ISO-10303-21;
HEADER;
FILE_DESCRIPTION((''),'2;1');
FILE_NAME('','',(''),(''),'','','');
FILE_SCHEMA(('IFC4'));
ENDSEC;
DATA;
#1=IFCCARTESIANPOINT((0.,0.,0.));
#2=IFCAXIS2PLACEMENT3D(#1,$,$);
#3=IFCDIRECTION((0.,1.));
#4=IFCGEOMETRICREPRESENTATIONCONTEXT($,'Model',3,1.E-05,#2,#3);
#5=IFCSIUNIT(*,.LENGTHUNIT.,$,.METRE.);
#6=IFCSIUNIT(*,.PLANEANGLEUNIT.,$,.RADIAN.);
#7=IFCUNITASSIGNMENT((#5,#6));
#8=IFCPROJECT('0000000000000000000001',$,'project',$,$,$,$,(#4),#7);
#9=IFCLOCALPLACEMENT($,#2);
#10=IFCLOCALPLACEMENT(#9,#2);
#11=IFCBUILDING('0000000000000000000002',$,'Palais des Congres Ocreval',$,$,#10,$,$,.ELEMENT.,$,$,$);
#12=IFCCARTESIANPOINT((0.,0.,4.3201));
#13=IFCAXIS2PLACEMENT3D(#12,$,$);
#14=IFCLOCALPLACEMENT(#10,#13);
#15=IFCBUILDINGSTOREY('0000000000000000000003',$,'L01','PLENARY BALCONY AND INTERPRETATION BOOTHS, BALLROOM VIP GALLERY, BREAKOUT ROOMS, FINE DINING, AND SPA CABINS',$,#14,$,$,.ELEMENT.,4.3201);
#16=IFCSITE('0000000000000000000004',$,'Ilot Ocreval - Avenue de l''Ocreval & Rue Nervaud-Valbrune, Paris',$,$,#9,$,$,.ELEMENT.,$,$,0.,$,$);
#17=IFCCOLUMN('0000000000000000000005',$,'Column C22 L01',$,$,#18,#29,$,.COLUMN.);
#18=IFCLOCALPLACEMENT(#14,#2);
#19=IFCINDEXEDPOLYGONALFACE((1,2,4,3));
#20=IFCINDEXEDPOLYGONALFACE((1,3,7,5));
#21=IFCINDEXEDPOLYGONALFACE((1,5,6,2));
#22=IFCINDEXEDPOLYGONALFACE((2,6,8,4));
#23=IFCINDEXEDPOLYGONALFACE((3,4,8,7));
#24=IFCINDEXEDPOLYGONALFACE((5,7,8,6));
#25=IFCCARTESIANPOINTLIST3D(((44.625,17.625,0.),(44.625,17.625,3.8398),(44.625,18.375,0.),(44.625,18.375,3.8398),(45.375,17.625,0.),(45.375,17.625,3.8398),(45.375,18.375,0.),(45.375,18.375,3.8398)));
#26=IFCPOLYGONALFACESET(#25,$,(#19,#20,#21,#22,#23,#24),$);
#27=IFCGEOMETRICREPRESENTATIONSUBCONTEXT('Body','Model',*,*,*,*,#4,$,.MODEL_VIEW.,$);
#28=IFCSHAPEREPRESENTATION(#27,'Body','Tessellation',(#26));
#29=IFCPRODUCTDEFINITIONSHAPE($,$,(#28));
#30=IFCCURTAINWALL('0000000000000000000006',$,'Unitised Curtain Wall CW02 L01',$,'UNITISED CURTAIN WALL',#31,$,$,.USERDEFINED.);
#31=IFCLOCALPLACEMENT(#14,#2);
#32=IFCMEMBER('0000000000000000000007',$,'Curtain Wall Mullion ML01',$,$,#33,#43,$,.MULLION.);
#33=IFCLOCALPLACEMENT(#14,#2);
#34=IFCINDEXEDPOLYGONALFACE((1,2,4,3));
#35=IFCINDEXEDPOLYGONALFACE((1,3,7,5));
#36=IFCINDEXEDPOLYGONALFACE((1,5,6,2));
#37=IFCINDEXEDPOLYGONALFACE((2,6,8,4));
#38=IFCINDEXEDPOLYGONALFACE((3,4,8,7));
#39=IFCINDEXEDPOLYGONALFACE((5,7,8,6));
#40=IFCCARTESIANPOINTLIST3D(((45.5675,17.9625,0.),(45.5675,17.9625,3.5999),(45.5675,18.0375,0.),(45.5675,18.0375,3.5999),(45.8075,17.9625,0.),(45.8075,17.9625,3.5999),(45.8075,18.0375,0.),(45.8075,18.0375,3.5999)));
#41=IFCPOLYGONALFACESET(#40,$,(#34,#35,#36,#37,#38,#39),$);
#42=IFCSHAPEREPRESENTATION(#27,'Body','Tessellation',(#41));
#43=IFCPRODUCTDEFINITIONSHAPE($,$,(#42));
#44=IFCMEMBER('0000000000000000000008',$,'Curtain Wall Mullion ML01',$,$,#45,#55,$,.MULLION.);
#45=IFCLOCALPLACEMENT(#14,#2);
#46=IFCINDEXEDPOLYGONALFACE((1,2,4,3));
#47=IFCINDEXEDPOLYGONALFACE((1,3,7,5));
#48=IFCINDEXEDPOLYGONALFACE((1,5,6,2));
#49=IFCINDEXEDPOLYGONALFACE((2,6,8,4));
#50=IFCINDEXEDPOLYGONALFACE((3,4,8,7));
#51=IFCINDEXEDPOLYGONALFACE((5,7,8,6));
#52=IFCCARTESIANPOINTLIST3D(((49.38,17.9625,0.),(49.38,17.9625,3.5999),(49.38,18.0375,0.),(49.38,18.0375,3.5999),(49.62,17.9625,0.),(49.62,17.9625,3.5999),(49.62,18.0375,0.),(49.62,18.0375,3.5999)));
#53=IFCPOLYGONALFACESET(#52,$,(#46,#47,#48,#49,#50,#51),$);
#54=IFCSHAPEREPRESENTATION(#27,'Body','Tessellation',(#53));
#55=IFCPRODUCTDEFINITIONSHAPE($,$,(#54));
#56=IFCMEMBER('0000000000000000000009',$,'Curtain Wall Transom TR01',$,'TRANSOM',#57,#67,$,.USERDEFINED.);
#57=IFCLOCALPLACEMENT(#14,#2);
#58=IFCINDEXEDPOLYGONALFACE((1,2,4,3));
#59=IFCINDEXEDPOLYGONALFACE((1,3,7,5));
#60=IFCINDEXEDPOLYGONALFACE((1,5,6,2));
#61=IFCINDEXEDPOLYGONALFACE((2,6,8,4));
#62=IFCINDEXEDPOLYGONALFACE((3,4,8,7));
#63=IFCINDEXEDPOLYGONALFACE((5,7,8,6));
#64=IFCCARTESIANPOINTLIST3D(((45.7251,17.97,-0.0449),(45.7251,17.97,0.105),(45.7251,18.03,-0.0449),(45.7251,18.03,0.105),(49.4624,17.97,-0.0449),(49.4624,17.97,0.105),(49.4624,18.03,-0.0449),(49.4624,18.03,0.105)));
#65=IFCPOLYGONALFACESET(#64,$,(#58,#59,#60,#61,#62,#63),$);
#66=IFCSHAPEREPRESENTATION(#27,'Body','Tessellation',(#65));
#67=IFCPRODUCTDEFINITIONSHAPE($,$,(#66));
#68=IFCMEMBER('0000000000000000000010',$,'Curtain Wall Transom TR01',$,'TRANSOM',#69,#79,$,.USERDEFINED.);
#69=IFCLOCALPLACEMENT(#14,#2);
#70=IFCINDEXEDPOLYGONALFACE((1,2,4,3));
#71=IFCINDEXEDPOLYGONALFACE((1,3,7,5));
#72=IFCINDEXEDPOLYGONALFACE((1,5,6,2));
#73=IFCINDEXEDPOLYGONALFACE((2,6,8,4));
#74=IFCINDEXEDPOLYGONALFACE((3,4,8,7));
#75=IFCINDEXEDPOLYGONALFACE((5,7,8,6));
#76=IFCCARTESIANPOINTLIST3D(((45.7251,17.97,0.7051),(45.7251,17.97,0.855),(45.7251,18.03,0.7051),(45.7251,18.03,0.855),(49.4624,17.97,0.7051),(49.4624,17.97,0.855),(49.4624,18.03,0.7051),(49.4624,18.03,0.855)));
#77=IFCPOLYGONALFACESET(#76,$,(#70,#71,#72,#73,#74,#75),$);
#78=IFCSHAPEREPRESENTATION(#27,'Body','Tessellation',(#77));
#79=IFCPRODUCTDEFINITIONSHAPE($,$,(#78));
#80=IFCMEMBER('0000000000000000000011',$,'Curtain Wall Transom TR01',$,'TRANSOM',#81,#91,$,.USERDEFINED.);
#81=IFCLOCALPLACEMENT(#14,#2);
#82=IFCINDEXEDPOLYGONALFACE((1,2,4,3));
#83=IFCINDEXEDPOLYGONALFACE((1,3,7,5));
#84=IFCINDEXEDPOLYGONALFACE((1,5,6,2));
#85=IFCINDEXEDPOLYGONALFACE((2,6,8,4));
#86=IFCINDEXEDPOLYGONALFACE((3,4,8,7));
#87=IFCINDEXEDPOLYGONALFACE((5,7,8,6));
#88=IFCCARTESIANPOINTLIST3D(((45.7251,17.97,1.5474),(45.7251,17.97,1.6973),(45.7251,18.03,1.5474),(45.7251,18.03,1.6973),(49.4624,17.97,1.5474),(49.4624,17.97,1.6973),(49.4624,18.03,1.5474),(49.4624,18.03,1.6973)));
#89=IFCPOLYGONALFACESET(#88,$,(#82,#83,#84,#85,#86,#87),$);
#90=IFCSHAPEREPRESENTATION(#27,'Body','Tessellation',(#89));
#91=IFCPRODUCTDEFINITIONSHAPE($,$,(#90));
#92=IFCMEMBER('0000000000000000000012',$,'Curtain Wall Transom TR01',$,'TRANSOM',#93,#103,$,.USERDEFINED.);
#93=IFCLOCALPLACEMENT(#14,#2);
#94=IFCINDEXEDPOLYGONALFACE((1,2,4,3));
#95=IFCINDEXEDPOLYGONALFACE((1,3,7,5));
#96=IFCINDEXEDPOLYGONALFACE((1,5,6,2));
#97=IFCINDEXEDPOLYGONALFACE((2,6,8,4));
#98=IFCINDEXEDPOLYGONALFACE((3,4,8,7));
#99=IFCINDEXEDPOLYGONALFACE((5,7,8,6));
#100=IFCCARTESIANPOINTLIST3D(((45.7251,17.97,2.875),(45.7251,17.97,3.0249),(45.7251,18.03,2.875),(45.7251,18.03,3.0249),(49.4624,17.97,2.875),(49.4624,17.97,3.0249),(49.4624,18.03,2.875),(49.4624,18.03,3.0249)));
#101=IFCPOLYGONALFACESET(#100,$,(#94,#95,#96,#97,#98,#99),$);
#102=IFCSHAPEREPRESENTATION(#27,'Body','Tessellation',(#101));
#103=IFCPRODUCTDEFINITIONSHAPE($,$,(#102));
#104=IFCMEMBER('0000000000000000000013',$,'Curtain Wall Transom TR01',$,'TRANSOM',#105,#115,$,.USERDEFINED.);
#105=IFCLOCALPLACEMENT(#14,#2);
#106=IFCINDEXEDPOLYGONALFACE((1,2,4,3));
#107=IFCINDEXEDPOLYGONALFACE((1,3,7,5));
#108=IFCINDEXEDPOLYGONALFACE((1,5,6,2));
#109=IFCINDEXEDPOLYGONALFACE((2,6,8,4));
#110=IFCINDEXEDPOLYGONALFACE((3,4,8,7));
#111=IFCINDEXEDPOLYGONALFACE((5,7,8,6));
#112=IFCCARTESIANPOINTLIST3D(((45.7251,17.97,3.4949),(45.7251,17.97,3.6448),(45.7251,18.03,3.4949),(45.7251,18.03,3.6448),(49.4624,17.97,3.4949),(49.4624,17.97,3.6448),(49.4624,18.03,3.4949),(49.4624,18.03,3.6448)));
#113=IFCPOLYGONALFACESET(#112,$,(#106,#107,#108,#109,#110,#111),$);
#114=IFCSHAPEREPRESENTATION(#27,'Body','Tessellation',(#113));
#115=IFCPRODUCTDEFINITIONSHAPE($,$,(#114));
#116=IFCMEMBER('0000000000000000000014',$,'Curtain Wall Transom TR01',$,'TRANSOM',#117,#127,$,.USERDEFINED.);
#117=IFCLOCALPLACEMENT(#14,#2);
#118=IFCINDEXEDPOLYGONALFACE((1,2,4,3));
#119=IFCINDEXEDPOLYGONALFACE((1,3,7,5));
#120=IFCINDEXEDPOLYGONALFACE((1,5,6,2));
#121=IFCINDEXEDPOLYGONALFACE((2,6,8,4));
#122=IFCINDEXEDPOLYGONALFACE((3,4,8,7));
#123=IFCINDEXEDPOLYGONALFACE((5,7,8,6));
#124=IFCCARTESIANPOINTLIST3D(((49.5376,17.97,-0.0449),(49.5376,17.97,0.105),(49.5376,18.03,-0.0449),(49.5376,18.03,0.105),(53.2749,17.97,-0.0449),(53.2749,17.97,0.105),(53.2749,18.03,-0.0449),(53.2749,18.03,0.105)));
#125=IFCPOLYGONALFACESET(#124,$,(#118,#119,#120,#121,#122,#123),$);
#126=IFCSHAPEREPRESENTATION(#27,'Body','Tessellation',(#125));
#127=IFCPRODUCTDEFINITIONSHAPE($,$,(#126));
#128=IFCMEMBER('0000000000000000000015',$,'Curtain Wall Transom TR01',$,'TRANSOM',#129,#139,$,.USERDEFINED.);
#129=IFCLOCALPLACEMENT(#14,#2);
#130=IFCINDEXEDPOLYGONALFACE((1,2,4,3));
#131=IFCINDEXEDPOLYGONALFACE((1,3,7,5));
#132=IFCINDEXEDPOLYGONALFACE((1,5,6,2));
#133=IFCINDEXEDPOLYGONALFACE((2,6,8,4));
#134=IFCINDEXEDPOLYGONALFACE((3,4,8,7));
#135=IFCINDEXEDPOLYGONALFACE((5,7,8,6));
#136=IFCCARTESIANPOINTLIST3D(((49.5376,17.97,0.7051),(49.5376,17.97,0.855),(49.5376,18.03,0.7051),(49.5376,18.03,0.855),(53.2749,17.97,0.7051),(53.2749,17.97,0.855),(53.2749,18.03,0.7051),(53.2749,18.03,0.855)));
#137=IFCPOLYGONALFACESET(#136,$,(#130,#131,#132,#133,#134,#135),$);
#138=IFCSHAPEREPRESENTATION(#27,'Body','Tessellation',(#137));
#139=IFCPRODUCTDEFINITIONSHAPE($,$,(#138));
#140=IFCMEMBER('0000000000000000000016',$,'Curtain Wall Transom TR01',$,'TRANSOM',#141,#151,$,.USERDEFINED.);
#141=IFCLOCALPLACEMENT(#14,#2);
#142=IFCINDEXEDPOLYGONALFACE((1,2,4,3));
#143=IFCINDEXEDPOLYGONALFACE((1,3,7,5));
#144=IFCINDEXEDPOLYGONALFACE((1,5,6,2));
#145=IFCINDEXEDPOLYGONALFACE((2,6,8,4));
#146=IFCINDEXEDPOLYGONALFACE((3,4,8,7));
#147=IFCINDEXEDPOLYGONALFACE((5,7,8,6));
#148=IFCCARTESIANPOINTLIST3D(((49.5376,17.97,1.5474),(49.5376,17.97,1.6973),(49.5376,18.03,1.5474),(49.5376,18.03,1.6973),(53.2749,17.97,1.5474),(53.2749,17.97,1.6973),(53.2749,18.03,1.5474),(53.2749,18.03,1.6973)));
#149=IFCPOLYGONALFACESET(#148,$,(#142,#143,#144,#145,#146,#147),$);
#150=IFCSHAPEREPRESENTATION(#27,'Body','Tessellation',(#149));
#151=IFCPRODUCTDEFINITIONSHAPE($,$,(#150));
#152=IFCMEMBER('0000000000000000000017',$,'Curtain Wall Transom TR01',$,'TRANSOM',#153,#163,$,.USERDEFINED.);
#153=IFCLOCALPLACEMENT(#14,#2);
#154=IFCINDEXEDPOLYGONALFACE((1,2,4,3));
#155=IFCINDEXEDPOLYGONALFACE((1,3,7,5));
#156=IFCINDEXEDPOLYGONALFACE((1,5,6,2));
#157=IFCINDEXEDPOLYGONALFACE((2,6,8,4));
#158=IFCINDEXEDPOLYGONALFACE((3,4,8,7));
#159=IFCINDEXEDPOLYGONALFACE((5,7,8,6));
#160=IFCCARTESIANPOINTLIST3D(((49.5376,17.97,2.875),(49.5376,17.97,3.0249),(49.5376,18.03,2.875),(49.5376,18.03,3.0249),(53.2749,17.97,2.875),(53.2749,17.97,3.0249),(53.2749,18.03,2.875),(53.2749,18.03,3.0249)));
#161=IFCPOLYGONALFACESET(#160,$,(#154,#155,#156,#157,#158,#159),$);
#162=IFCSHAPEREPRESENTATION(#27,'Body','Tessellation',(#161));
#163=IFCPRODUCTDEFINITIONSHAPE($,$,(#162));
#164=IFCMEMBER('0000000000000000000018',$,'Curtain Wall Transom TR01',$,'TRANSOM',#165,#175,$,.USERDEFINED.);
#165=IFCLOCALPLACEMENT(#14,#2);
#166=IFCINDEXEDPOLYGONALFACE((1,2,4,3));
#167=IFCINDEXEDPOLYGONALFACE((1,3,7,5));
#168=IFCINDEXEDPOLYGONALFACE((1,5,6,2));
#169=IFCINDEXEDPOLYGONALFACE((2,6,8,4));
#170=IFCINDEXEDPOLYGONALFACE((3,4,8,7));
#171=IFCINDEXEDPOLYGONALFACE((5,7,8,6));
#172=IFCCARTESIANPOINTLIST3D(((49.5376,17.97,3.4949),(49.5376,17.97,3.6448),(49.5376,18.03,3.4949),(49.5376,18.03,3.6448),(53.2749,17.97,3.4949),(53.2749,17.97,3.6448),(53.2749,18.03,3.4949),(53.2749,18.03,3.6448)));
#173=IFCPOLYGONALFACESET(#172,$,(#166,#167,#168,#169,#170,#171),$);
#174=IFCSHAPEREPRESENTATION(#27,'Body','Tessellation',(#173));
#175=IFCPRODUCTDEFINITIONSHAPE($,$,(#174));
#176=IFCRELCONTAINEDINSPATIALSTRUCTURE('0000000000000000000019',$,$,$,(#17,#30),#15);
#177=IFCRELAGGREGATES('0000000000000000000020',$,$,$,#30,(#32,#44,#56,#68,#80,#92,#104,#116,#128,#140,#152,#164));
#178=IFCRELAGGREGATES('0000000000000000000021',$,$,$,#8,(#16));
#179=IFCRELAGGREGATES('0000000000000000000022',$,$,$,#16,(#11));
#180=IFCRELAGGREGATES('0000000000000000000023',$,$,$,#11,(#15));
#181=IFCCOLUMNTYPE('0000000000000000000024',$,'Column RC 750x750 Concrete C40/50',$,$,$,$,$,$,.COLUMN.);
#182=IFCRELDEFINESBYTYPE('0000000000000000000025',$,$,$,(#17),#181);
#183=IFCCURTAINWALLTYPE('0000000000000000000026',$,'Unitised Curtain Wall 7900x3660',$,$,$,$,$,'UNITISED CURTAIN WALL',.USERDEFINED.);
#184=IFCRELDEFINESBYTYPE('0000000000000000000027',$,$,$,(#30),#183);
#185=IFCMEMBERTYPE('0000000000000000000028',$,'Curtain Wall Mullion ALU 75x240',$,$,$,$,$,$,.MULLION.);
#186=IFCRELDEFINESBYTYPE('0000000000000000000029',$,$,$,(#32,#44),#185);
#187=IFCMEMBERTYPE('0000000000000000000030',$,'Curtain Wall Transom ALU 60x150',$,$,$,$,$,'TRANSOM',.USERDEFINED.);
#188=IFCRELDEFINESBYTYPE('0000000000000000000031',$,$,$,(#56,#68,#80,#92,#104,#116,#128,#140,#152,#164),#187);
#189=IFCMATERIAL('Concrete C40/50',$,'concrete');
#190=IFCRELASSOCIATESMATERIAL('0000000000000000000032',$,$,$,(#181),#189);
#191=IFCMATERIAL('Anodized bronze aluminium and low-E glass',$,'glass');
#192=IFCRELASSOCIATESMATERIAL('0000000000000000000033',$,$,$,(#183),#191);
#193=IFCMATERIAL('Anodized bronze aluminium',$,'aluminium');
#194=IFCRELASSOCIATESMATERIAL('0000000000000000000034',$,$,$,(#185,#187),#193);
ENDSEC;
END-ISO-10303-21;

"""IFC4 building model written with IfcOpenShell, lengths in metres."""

from ifc_helpers import new_model, si_unit, direction, frame, origin, origin_2d, place, context, subcontext, project, spatial, rectangle, extrude, material, material_profile, profile_set, type_object, element, aggregate, save


model = new_model("IFC4")

# Units and contexts
model_context = context("Model", 3, precision=1e-05, world=origin(), true_north=direction((0.0, 1.0)))
body_context = subcontext(model_context, "Body", "Model", "MODEL_VIEW")
ifc_project = project(units=[si_unit("LENGTHUNIT", "METRE"), si_unit("PLANEANGLEUNIT", "RADIAN")], contexts=[model_context])

# Site, building, storey
site_placement = place(None, origin())
site = spatial("IfcSite", under=ifc_project, at=site_placement, Name="Ilot Ocreval - Avenue de l'Ocreval & Rue Nervaud-Valbrune, Paris", CompositionType="ELEMENT", RefElevation=0.0)
building_placement = place(site_placement, origin())
building = spatial("IfcBuilding", under=site, at=building_placement, Name="Palais des Congres Ocreval", CompositionType="ELEMENT")
storey_placement = place(building_placement, frame((0.0, 0.0, 4.3201)))
storey = spatial("IfcBuildingStorey", under=building, at=storey_placement, Name="L01", Description="PLENARY BALCONY AND INTERPRETATION BOOTHS, BALLROOM VIP GALLERY, BREAKOUT ROOMS, FINE DINING, AND SPA CABINS", CompositionType="ELEMENT", Elevation=4.3201)

# Column
ifc_material_1 = material(Name="Concrete C40/50", Category="concrete")
ifc_material_profile_1 = material_profile(ifc_material_1, rectangle(XDim=0.75, YDim=0.75, at=origin_2d()), Name="RC 750x750")
ifc_profile_set_1 = profile_set([ifc_material_profile_1], Name="Concrete C40/50")
column_type = type_object("IfcColumnType", Name="Column RC 750x750 Concrete C40/50", PredefinedType="COLUMN", material=ifc_profile_set_1)
column_placement = place(storey_placement, frame((45.0, 18.0, 0.0), z_axis=(0.0, 0.0, 1.0), x_axis=(1.0, 0.0, 0.0)))
element("IfcColumn", 1, at=column_placement, inside=storey, type_object=column_type, Name="Column C22 L01", PredefinedType="COLUMN", context=body_context, shape_type="SweptSolid", body=[
    extrude(rectangle(XDim=0.75, YDim=0.75, at=origin_2d()), origin(), (0.0, 0.0, 1.0), 3.8398),
])

# Curtain wall, members
ifc_material_2 = material(Name="Anodized bronze aluminium and low-E glass", Category="glass")
curtain_wall_type = type_object("IfcCurtainWallType", Name="Unitised Curtain Wall 7900x3660", ElementType="UNITISED CURTAIN WALL", PredefinedType="USERDEFINED", material=ifc_material_2)
curtain_wall_placement = place(storey_placement, origin())
curtain_wall = element("IfcCurtainWall", 2, at=curtain_wall_placement, inside=storey, type_object=curtain_wall_type, Name="Unitised Curtain Wall CW02 L01", ObjectType="UNITISED CURTAIN WALL", PredefinedType="USERDEFINED")
ifc_material_3 = material(Name="Anodized bronze aluminium", Category="aluminium")
ifc_material_profile_2 = material_profile(ifc_material_3, rectangle(XDim=0.075, YDim=0.24, at=origin_2d()), Name="ALU 75x240")
ifc_profile_set_2 = profile_set([ifc_material_profile_2], Name="Anodized bronze aluminium")
member_type_1 = type_object("IfcMemberType", Name="Curtain Wall Mullion ALU 75x240", PredefinedType="MULLION", material=ifc_profile_set_2)
member_1_placement = place(storey_placement, frame((45.6875, 18.0, 0.0), z_axis=(0.0, 0.0, 1.0), x_axis=(0.0, 1.0, 0.0)))
member_1 = element("IfcMember", 3, at=member_1_placement, type_object=member_type_1, Name="Curtain Wall Mullion ML01", PredefinedType="MULLION", context=body_context, shape_type="SweptSolid", body=[
    extrude(rectangle(XDim=0.075, YDim=0.24, at=origin_2d()), origin(), (0.0, 0.0, 1.0), 3.5999),
])
member_2_placement = place(storey_placement, frame((49.5, 18.0, 0.0), z_axis=(0.0, 0.0, 1.0), x_axis=(0.0, 1.0, 0.0)))
member_2 = element("IfcMember", 4, at=member_2_placement, type_object=member_type_1, Name="Curtain Wall Mullion ML01", PredefinedType="MULLION", context=body_context, shape_type="SweptSolid", body=[
    extrude(rectangle(XDim=0.075, YDim=0.24, at=origin_2d()), origin(), (0.0, 0.0, 1.0), 3.5999),
])
ifc_material_profile_3 = material_profile(ifc_material_3, rectangle(XDim=0.0601, YDim=0.1499, at=origin_2d()), Name="ALU 60x150")
ifc_profile_set_3 = profile_set([ifc_material_profile_3], Name="Anodized bronze aluminium")
member_type_2 = type_object("IfcMemberType", Name="Curtain Wall Transom ALU 60x150", ElementType="TRANSOM", PredefinedType="USERDEFINED", material=ifc_profile_set_3)
member_3_placement = place(storey_placement, frame((45.7251, 18.0, 0.03), z_axis=(1.0, 0.0, 0.0), x_axis=(0.0, 1.0, 0.0)))
member_3 = element("IfcMember", 5, at=member_3_placement, type_object=member_type_2, Name="Curtain Wall Transom TR01", ObjectType="TRANSOM", PredefinedType="USERDEFINED", context=body_context, shape_type="SweptSolid", body=[
    extrude(rectangle(XDim=0.0601, YDim=0.1499, at=origin_2d()), origin(), (0.0, 0.0, 1.0), 3.7373),
])
member_4_placement = place(storey_placement, frame((45.7251, 18.0, 0.78), z_axis=(1.0, 0.0, 0.0), x_axis=(0.0, 1.0, 0.0)))
member_4 = element("IfcMember", 6, at=member_4_placement, type_object=member_type_2, Name="Curtain Wall Transom TR01", ObjectType="TRANSOM", PredefinedType="USERDEFINED", context=body_context, shape_type="SweptSolid", body=[
    extrude(rectangle(XDim=0.0601, YDim=0.1499, at=origin_2d()), origin(), (0.0, 0.0, 1.0), 3.7373),
])
member_5_placement = place(storey_placement, frame((45.7251, 18.0, 1.6223), z_axis=(1.0, 0.0, 0.0), x_axis=(0.0, 1.0, 0.0)))
member_5 = element("IfcMember", 7, at=member_5_placement, type_object=member_type_2, Name="Curtain Wall Transom TR01", ObjectType="TRANSOM", PredefinedType="USERDEFINED", context=body_context, shape_type="SweptSolid", body=[
    extrude(rectangle(XDim=0.0601, YDim=0.1499, at=origin_2d()), origin(), (0.0, 0.0, 1.0), 3.7373),
])
member_6_placement = place(storey_placement, frame((45.7251, 18.0, 2.95), z_axis=(1.0, 0.0, 0.0), x_axis=(0.0, 1.0, 0.0)))
member_6 = element("IfcMember", 8, at=member_6_placement, type_object=member_type_2, Name="Curtain Wall Transom TR01", ObjectType="TRANSOM", PredefinedType="USERDEFINED", context=body_context, shape_type="SweptSolid", body=[
    extrude(rectangle(XDim=0.0601, YDim=0.1499, at=origin_2d()), origin(), (0.0, 0.0, 1.0), 3.7373),
])
member_7_placement = place(storey_placement, frame((45.7251, 18.0, 3.5698), z_axis=(1.0, 0.0, 0.0), x_axis=(0.0, 1.0, 0.0)))
member_7 = element("IfcMember", 9, at=member_7_placement, type_object=member_type_2, Name="Curtain Wall Transom TR01", ObjectType="TRANSOM", PredefinedType="USERDEFINED", context=body_context, shape_type="SweptSolid", body=[
    extrude(rectangle(XDim=0.0601, YDim=0.1499, at=origin_2d()), origin(), (0.0, 0.0, 1.0), 3.7373),
])
member_8_placement = place(storey_placement, frame((49.5376, 18.0, 0.03), z_axis=(1.0, 0.0, 0.0), x_axis=(0.0, 1.0, 0.0)))
member_8 = element("IfcMember", 10, at=member_8_placement, type_object=member_type_2, Name="Curtain Wall Transom TR01", ObjectType="TRANSOM", PredefinedType="USERDEFINED", context=body_context, shape_type="SweptSolid", body=[
    extrude(rectangle(XDim=0.0601, YDim=0.1499, at=origin_2d()), origin(), (0.0, 0.0, 1.0), 3.7373),
])
member_9_placement = place(storey_placement, frame((49.5376, 18.0, 0.78), z_axis=(1.0, 0.0, 0.0), x_axis=(0.0, 1.0, 0.0)))
member_9 = element("IfcMember", 11, at=member_9_placement, type_object=member_type_2, Name="Curtain Wall Transom TR01", ObjectType="TRANSOM", PredefinedType="USERDEFINED", context=body_context, shape_type="SweptSolid", body=[
    extrude(rectangle(XDim=0.0601, YDim=0.1499, at=origin_2d()), origin(), (0.0, 0.0, 1.0), 3.7373),
])
member_10_placement = place(storey_placement, frame((49.5376, 18.0, 1.6223), z_axis=(1.0, 0.0, 0.0), x_axis=(0.0, 1.0, 0.0)))
member_10 = element("IfcMember", 12, at=member_10_placement, type_object=member_type_2, Name="Curtain Wall Transom TR01", ObjectType="TRANSOM", PredefinedType="USERDEFINED", context=body_context, shape_type="SweptSolid", body=[
    extrude(rectangle(XDim=0.0601, YDim=0.1499, at=origin_2d()), origin(), (0.0, 0.0, 1.0), 3.7373),
])
member_11_placement = place(storey_placement, frame((49.5376, 18.0, 2.95), z_axis=(1.0, 0.0, 0.0), x_axis=(0.0, 1.0, 0.0)))
member_11 = element("IfcMember", 13, at=member_11_placement, type_object=member_type_2, Name="Curtain Wall Transom TR01", ObjectType="TRANSOM", PredefinedType="USERDEFINED", context=body_context, shape_type="SweptSolid", body=[
    extrude(rectangle(XDim=0.0601, YDim=0.1499, at=origin_2d()), origin(), (0.0, 0.0, 1.0), 3.7373),
])
member_12_placement = place(storey_placement, frame((49.5376, 18.0, 3.5698), z_axis=(1.0, 0.0, 0.0), x_axis=(0.0, 1.0, 0.0)))
member_12 = element("IfcMember", 14, at=member_12_placement, type_object=member_type_2, Name="Curtain Wall Transom TR01", ObjectType="TRANSOM", PredefinedType="USERDEFINED", context=body_context, shape_type="SweptSolid", body=[
    extrude(rectangle(XDim=0.0601, YDim=0.1499, at=origin_2d()), origin(), (0.0, 0.0, 1.0), 3.7373),
])

aggregate(curtain_wall, [member_1, member_2, member_3, member_4, member_5, member_6, member_7, member_8, member_9, member_10, member_11, member_12])

save(model, "model.ifc")
